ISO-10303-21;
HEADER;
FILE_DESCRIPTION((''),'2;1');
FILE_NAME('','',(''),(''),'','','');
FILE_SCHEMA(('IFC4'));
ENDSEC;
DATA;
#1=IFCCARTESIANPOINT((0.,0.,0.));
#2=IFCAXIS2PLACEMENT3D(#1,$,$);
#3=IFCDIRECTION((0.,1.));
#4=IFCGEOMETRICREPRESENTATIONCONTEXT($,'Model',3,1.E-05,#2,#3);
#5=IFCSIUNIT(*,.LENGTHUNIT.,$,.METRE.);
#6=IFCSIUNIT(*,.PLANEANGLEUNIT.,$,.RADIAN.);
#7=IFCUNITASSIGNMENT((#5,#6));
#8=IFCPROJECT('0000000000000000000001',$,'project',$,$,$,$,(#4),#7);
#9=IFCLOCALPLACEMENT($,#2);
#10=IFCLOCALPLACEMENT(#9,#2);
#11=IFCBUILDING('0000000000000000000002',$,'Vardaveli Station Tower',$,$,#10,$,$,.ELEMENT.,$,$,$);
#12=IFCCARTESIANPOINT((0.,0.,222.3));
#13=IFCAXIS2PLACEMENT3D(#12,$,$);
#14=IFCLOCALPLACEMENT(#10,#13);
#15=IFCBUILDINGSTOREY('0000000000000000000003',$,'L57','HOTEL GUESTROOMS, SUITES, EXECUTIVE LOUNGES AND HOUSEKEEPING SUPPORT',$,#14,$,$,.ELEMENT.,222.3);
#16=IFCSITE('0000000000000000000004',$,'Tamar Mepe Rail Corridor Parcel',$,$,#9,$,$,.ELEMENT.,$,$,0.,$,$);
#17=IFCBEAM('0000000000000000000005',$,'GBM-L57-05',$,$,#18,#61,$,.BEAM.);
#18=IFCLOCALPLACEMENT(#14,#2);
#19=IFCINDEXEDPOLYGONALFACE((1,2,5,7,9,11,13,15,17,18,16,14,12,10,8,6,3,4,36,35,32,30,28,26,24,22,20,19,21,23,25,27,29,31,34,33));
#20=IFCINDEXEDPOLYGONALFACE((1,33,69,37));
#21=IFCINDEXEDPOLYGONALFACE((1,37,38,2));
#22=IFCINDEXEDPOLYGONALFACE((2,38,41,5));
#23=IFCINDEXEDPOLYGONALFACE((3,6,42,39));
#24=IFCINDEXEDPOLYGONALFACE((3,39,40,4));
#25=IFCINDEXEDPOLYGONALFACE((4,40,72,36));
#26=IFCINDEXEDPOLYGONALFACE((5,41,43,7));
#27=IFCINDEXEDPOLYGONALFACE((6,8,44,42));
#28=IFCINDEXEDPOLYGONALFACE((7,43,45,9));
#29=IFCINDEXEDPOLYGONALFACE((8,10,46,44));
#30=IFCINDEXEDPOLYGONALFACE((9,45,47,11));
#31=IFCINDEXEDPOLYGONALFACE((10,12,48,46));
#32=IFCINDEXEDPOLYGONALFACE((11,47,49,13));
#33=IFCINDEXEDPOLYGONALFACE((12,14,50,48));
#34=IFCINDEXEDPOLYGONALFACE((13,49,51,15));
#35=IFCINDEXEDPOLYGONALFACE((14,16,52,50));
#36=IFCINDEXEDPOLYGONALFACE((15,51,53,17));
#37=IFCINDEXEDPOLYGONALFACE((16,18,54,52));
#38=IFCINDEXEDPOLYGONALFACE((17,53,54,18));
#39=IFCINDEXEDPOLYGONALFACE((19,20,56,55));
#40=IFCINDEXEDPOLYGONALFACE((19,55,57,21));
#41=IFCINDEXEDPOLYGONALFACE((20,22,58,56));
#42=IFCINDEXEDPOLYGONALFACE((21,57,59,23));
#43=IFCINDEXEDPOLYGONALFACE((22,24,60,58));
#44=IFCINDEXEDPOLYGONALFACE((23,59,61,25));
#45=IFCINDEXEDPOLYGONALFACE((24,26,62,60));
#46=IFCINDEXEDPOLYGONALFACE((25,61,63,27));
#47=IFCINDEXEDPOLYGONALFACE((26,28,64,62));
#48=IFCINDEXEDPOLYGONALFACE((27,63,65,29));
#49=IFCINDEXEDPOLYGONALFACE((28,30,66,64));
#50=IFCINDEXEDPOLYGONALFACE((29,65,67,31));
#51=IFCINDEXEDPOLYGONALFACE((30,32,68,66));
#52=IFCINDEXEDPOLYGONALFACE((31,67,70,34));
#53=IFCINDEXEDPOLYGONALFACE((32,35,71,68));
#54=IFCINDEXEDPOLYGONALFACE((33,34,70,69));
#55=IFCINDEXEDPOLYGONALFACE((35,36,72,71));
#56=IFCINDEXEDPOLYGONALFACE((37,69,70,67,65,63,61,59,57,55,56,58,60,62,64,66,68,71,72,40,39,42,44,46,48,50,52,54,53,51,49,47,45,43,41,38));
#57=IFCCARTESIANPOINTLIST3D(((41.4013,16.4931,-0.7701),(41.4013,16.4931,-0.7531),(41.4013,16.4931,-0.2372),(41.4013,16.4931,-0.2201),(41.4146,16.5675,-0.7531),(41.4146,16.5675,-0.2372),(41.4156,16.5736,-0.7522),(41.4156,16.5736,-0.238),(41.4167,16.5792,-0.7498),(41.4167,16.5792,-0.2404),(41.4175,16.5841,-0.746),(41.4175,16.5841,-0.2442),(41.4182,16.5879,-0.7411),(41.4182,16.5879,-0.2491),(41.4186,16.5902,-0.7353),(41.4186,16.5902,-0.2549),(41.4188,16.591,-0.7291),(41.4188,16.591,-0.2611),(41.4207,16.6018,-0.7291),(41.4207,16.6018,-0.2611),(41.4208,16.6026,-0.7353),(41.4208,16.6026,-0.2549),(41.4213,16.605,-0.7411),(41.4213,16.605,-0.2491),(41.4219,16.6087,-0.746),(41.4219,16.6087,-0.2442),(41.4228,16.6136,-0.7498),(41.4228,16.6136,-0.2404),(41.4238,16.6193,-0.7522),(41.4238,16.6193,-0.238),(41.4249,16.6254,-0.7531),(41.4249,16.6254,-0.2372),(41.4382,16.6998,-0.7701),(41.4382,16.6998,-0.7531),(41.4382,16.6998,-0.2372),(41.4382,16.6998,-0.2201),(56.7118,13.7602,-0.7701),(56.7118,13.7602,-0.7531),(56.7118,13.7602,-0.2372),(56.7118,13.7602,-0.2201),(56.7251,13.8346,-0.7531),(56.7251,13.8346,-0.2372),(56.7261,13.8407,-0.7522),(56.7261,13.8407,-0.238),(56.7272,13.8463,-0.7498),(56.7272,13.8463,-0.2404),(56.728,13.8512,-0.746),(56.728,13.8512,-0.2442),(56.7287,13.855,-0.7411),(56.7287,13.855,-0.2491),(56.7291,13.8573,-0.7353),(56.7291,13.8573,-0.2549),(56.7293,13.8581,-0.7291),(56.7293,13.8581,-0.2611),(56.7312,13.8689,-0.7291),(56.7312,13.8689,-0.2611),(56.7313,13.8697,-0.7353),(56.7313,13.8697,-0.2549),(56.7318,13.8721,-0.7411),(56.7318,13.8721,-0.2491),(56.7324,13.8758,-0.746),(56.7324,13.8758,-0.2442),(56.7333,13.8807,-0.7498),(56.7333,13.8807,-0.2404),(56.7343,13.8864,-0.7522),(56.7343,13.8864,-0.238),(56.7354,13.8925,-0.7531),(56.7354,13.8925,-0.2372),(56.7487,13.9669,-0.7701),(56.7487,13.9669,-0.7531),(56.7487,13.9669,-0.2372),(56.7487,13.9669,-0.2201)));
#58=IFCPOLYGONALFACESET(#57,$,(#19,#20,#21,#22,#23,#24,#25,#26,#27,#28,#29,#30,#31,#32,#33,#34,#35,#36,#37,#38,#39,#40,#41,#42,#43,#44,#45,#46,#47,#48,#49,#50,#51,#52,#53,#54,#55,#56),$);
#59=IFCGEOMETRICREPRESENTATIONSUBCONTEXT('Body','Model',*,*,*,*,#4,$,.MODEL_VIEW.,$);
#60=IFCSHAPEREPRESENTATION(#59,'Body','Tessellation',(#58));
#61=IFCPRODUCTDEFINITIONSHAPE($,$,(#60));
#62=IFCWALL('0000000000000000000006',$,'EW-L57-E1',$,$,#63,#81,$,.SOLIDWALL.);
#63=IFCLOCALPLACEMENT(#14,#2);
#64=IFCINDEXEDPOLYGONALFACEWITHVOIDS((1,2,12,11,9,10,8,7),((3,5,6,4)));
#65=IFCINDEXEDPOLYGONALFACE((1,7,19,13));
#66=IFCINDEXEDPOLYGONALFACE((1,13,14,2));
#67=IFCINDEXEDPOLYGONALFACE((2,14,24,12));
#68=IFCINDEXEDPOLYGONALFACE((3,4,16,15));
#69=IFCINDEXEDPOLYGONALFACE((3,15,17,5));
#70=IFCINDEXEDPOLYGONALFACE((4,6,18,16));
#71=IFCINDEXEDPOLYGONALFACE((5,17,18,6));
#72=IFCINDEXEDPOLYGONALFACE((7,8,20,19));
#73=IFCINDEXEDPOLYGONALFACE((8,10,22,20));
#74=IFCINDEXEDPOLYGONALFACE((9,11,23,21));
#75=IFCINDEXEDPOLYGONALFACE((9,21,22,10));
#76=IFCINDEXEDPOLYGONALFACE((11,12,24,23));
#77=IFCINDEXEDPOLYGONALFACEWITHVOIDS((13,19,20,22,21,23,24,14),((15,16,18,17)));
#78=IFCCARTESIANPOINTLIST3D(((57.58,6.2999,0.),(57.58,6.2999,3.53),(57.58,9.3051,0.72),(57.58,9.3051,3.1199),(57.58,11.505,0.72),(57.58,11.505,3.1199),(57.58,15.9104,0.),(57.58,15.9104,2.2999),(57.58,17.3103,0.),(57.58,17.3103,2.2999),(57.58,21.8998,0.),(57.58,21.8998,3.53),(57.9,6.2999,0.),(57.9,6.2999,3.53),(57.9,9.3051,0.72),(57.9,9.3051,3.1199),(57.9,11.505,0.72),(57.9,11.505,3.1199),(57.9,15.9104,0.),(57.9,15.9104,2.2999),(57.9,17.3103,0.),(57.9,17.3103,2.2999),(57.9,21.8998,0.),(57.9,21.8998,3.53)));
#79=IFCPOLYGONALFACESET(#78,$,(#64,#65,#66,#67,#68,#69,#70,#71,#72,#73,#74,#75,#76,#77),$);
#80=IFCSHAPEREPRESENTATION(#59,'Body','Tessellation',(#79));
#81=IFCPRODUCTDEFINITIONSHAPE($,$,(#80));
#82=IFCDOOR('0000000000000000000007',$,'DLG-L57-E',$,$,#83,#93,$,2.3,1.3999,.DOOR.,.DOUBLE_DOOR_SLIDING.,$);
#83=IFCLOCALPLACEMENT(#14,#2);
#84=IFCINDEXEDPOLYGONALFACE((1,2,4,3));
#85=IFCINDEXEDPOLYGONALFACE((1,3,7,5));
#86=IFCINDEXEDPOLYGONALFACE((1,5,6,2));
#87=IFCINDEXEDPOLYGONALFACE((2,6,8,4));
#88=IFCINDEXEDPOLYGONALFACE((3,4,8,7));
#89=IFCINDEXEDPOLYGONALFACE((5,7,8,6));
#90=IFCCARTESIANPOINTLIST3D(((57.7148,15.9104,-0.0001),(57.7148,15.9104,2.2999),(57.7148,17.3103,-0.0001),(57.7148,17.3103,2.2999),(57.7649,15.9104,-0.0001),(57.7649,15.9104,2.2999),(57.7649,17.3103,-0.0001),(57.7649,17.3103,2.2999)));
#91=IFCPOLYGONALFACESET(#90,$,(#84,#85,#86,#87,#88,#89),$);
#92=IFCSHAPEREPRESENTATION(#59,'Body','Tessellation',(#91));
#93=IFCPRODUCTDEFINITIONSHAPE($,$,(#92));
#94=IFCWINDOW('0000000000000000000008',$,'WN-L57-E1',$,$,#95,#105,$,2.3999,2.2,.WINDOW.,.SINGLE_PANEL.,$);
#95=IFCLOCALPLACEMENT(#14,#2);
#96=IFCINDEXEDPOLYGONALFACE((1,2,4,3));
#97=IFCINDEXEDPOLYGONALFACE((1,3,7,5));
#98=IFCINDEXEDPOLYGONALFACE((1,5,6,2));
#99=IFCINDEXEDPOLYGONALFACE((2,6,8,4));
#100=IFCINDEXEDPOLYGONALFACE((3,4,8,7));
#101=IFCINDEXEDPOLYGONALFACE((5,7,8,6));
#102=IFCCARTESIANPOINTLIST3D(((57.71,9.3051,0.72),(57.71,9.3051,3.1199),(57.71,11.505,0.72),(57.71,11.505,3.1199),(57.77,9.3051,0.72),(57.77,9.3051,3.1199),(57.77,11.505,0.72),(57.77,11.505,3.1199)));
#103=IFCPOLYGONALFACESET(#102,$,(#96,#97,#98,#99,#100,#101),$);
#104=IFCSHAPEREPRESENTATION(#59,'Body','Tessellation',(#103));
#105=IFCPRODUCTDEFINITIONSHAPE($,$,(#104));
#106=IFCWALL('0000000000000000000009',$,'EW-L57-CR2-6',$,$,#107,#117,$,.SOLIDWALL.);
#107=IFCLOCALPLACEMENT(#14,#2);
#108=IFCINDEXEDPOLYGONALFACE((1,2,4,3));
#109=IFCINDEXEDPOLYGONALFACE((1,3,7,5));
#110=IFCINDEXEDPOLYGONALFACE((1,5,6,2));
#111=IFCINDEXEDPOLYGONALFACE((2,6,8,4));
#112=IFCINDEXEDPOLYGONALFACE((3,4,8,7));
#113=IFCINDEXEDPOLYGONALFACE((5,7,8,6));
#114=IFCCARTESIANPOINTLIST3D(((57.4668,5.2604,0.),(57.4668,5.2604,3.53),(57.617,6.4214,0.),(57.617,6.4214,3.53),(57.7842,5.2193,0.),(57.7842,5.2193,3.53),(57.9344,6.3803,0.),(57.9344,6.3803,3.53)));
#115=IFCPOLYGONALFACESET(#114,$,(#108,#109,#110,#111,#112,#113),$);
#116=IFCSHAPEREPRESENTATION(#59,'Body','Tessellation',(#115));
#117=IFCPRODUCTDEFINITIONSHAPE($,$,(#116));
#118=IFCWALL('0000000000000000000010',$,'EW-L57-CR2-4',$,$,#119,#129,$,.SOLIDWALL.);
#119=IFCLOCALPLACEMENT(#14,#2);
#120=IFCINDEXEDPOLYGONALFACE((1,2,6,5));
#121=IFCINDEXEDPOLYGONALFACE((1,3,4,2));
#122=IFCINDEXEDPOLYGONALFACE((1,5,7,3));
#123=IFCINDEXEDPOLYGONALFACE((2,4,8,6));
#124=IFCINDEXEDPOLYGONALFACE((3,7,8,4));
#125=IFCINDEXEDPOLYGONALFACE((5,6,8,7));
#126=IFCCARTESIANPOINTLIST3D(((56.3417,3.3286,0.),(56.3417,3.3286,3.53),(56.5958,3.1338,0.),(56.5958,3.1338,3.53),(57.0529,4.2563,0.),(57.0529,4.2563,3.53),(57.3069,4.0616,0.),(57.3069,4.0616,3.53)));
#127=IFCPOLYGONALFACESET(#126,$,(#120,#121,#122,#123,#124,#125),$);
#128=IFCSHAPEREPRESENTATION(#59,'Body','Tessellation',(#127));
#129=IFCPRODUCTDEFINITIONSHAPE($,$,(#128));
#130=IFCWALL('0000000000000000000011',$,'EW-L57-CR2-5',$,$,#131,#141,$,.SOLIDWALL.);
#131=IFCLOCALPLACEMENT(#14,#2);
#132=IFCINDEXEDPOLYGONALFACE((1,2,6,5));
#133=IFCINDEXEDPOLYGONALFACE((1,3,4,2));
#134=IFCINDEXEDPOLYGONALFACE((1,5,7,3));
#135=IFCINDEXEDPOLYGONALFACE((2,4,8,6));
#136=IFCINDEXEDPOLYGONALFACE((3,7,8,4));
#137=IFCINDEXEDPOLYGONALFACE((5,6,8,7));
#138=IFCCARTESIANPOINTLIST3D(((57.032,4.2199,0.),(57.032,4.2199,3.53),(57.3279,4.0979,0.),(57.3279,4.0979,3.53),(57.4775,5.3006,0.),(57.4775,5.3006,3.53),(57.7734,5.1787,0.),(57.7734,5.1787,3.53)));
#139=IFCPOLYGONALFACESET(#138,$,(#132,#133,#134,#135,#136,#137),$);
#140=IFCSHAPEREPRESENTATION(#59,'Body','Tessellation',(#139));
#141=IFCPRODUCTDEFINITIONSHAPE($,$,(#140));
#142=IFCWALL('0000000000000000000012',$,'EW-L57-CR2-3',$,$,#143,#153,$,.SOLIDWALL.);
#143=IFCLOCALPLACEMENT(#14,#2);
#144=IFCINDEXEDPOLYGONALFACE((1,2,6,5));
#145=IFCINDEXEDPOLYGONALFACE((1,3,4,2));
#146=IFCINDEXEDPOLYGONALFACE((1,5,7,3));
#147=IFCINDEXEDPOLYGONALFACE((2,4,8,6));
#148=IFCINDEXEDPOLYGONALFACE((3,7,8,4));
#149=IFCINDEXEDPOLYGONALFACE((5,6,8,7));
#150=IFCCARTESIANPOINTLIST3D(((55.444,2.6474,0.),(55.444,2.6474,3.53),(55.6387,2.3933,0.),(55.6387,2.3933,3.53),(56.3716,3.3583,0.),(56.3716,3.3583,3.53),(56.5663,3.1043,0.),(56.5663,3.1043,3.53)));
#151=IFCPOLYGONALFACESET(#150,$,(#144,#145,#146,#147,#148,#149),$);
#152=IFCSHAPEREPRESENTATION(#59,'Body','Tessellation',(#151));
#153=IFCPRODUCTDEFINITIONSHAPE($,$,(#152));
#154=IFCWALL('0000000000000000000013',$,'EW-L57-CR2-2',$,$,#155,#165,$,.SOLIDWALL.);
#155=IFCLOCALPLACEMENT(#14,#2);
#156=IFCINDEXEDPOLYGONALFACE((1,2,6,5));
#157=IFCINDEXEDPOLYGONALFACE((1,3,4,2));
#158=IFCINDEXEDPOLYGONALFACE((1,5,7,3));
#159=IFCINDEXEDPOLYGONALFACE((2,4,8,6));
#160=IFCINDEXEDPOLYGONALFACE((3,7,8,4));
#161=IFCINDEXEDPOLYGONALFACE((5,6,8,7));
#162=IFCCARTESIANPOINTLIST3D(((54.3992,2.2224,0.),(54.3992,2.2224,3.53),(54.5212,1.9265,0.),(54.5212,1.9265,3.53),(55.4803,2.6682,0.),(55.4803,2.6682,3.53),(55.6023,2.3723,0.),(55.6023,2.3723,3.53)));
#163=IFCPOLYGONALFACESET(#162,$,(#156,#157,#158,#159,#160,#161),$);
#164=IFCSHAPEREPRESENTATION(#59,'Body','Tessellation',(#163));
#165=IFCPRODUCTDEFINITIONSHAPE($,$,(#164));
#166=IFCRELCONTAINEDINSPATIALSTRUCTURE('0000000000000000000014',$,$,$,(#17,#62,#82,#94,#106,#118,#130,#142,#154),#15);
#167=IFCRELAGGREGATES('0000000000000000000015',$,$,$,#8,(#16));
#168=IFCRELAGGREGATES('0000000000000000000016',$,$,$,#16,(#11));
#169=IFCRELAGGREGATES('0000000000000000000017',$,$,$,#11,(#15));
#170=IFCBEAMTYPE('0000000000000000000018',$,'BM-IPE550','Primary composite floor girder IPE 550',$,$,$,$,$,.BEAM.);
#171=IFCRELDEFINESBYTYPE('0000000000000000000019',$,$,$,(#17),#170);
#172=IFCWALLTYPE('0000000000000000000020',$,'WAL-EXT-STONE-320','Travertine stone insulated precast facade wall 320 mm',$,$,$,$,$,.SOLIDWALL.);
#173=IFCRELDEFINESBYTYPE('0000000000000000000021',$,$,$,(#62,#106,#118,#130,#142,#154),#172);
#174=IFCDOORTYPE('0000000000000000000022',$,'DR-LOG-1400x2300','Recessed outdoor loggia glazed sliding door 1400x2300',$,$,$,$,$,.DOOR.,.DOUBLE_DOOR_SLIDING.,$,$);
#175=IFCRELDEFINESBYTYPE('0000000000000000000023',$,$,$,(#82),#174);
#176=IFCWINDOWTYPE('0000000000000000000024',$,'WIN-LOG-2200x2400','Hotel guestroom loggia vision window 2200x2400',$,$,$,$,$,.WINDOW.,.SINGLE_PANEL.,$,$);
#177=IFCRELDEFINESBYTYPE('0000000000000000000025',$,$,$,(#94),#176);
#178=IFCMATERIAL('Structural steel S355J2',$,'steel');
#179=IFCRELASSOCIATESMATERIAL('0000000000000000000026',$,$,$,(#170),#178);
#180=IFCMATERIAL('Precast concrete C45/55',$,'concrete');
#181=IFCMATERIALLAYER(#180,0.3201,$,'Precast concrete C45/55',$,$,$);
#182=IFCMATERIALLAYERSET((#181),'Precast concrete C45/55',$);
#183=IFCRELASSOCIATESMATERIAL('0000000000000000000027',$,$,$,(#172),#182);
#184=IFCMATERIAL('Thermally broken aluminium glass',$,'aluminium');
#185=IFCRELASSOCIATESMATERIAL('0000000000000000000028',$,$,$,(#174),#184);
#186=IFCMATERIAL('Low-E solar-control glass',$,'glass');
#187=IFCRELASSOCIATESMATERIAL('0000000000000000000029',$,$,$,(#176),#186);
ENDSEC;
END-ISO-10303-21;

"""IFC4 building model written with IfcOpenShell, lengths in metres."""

from ifc_helpers import new_model, si_unit, direction, frame, frame_2d, origin, origin_2d, place, context, subcontext, project, spatial, rectangle, i_section, extrude, source, transform, mapped, material, layer, layer_set, material_profile, profile_set, type_object, element, fill, save


model = new_model("IFC4")

# Units and contexts
model_context = context("Model", 3, precision=1e-05, world=origin(), true_north=direction((0.0, 1.0)))
body_context = subcontext(model_context, "Body", "Model", "MODEL_VIEW")
ifc_project = project(units=[si_unit("LENGTHUNIT", "METRE"), si_unit("PLANEANGLEUNIT", "RADIAN")], contexts=[model_context])

# Site, building, storey
site_placement = place(None, origin())
site = spatial("IfcSite", under=ifc_project, at=site_placement, Name="Tamar Mepe Rail Corridor Parcel", CompositionType="ELEMENT", RefElevation=0.0)
building_placement = place(site_placement, origin())
building = spatial("IfcBuilding", under=site, at=building_placement, Name="Vardaveli Station Tower", CompositionType="ELEMENT")
storey_placement = place(building_placement, frame((0.0, 0.0, 222.3)))
storey = spatial("IfcBuildingStorey", under=building, at=storey_placement, Name="L57", Description="HOTEL GUESTROOMS, SUITES, EXECUTIVE LOUNGES AND HOUSEKEEPING SUPPORT", CompositionType="ELEMENT", Elevation=222.3)

# Beam
ifc_material_1 = material(Name="Precast concrete C45/55", Category="concrete")
ifc_material_2 = material(Name="Structural steel S355J2", Category="steel")
ifc_material_profile_1 = material_profile(ifc_material_2, i_section(OverallWidth=0.21, OverallDepth=0.55, WebThickness=0.011, FlangeThickness=0.0171, FilletRadius=0.0239, at=origin_2d()), Name="IPE 550")
ifc_profile_set_1 = profile_set([ifc_material_profile_1], Name="Structural steel S355J2")
beam_type_1 = type_object("IfcBeamType", Name="BM-IPE550", Description="Primary composite floor girder IPE 550", PredefinedType="BEAM", material=ifc_profile_set_1)
shared_shape_1 = source(origin(), body_context, "Body", "SweptSolid", [
    extrude(i_section(OverallWidth=0.21, OverallDepth=0.55, WebThickness=0.011, FlangeThickness=0.0171, FilletRadius=0.0239, at=origin_2d()), origin(), (0.0, 0.0, 1.0), 15.5525),
])
beam_1_placement = place(storey_placement, frame((56.7302, 13.8635, -0.4951), z_axis=(-0.98444, 0.175721, 0.0), x_axis=(-0.175721, -0.98444, 0.0)))
element("IfcBeam", 1, at=beam_1_placement, inside=storey, type_object=beam_type_1, Name="GBM-L57-05", PredefinedType="BEAM", context=body_context, shape_type="MappedRepresentation", body=[
    mapped(shared_shape_1, transform((0.0, 0.0, 0.0), scale=1.0)),
])

# Wall, openings, door, window
ifc_layer_1 = layer(ifc_material_1, 0.3201, Name="Precast concrete C45/55")
ifc_layer_set_1 = layer_set([ifc_layer_1], Name="Precast concrete C45/55")
wall_type_1 = type_object("IfcWallType", Name="WAL-EXT-STONE-320", Description="Travertine stone insulated precast facade wall 320 mm", PredefinedType="SOLIDWALL", material=ifc_layer_set_1)
shared_shape_2 = source(origin(), body_context, "Body", "SweptSolid", [
    extrude(rectangle(XDim=15.5999, YDim=0.3201, at=frame_2d((7.7998, 0.0))), origin(), (0.0, 0.0, 1.0), 3.53),
])
wall_1_placement = place(storey_placement, frame((57.74, 6.3, 0.0), z_axis=(0.0, 0.0, 1.0), x_axis=(0.0, 1.0, 0.0)))
wall_1 = element("IfcWall", 2, at=wall_1_placement, inside=storey, type_object=wall_type_1, Name="EW-L57-E1", PredefinedType="SOLIDWALL", context=body_context, shape_type="MappedRepresentation", body=[
    mapped(shared_shape_2, transform((0.0, 0.0, 0.0), scale=1.0)),
])
shared_shape_3 = source(origin(), body_context, "Body", "SweptSolid", [
    extrude(rectangle(XDim=1.3999, YDim=2.3, at=frame_2d((0.7, 1.1499))), frame((0.0, 0.1699, 0.0), z_axis=(0.0, -1.0, 0.0), x_axis=(1.0, 0.0, 0.0)), (0.0, 0.0, 1.0), 0.3401),
])
opening_1_placement = place(wall_1_placement, frame((9.6104, 0.0, 0.0)))
opening_1 = element("IfcOpeningElement", 3, at=opening_1_placement, cuts=wall_1, PredefinedType="OPENING", context=body_context, shape_type="MappedRepresentation", body=[
    mapped(shared_shape_3, transform((0.0, 0.0, 0.0), scale=1.0)),
])
shared_shape_4 = source(origin(), body_context, "Body", "SweptSolid", [
    extrude(rectangle(XDim=2.2, YDim=2.3999, at=frame_2d((1.1001, 1.2))), frame((0.0, 0.1699, 0.0), z_axis=(0.0, -1.0, 0.0), x_axis=(1.0, 0.0, 0.0)), (0.0, 0.0, 1.0), 0.3401),
])
opening_2_placement = place(wall_1_placement, frame((3.0049, 0.0, 0.72)))
opening_2 = element("IfcOpeningElement", 4, at=opening_2_placement, cuts=wall_1, PredefinedType="OPENING", context=body_context, shape_type="MappedRepresentation", body=[
    mapped(shared_shape_4, transform((0.0, 0.0, 0.0), scale=1.0)),
])
ifc_material_3 = material(Name="Thermally broken aluminium glass", Category="aluminium")
door_type_1 = type_object("IfcDoorType", Name="DR-LOG-1400x2300", Description="Recessed outdoor loggia glazed sliding door 1400x2300", OperationType="DOUBLE_DOOR_SLIDING", PredefinedType="DOOR", material=ifc_material_3)
shared_shape_5 = source(origin(), body_context, "Body", "SweptSolid", [
    extrude(rectangle(XDim=1.3999, YDim=2.3, at=frame_2d((0.7, 1.1499))), frame((0.0, 0.0249, 0.0), z_axis=(0.0, -1.0, 0.0), x_axis=(1.0, 0.0, 0.0)), (0.0, 0.0, 1.0), 0.05),
])
door_1_placement = place(opening_1_placement, frame((1.3999, 0.0, 0.0), z_axis=(0.0, 0.0, 1.0), x_axis=(-1.0, 0.0, 0.0)))
door_1 = element("IfcDoor", 5, at=door_1_placement, inside=storey, type_object=door_type_1, Name="DLG-L57-E", OperationType="DOUBLE_DOOR_SLIDING", OverallHeight=2.3, OverallWidth=1.3999, PredefinedType="DOOR", context=body_context, shape_type="MappedRepresentation", body=[
    mapped(shared_shape_5, transform((0.0, 0.0, 0.0), scale=1.0)),
])
fill(opening_1, door_1)
ifc_material_4 = material(Name="Low-E solar-control glass", Category="glass")
window_type = type_object("IfcWindowType", Name="WIN-LOG-2200x2400", Description="Hotel guestroom loggia vision window 2200x2400", PartitioningType="SINGLE_PANEL", PredefinedType="WINDOW", material=ifc_material_4)
shared_shape_6 = source(origin(), body_context, "Body", "SweptSolid", [
    extrude(rectangle(XDim=2.2, YDim=2.3999, at=frame_2d((1.1001, 1.2))), frame((0.0, 0.03, 0.0), z_axis=(0.0, -1.0, 0.0), x_axis=(1.0, 0.0, 0.0)), (0.0, 0.0, 1.0), 0.0601),
])
window_placement = place(opening_2_placement, origin())
window = element("IfcWindow", 6, at=window_placement, inside=storey, type_object=window_type, Name="WN-L57-E1", OverallHeight=2.3999, OverallWidth=2.2, PartitioningType="SINGLE_PANEL", PredefinedType="WINDOW", context=body_context, shape_type="MappedRepresentation", body=[
    mapped(shared_shape_6, transform((0.0, 0.0, 0.0), scale=1.0)),
])
fill(opening_2, window)

# Walls
shared_shape_7 = source(origin(), body_context, "Body", "SweptSolid", [
    extrude(rectangle(XDim=1.1707, YDim=0.3201, at=frame_2d((0.5854, 0.0))), origin(), (0.0, 0.0, 1.0), 3.53),
])
wall_2_placement = place(storey_placement, frame((57.6255, 5.2397, 0.0), z_axis=(0.0, 0.0, 1.0), x_axis=(0.128269, 0.991739, 0.0)))
element("IfcWall", 7, at=wall_2_placement, inside=storey, type_object=wall_type_1, Name="EW-L57-CR2-6", PredefinedType="SOLIDWALL", context=body_context, shape_type="MappedRepresentation", body=[
    mapped(shared_shape_7, transform((0.0, 0.0, 0.0), scale=1.0)),
])
shared_shape_8 = source(origin(), body_context, "Body", "SweptSolid", [
    extrude(rectangle(XDim=1.1689, YDim=0.3201, at=frame_2d((0.5845, 0.0))), origin(), (0.0, 0.0, 1.0), 3.53),
])
for number, where, z_axis, x_axis, name in (
    (8, (56.4688, 3.2312, 0.0), (0.0, 0.0, 1.0), (0.608388, 0.79364, 0.0), "EW-L57-CR2-4"),
    (9, (57.1799, 4.1589, 0.0), (0.0, 0.0, 1.0), (0.381128, 0.924522, 0.0), "EW-L57-CR2-5"),
):
    element("IfcWall", number, at=place(storey_placement, frame(where, z_axis=z_axis, x_axis=x_axis)), inside=storey, type_object=wall_type_1, Name=name, PredefinedType="SOLIDWALL", context=body_context, shape_type="MappedRepresentation", body=[
        mapped(shared_shape_8, transform((0.0, 0.0, 0.0), scale=1.0)),
    ])
shared_shape_9 = source(origin(), body_context, "Body", "SweptSolid", [
    extrude(rectangle(XDim=1.1687, YDim=0.3201, at=frame_2d((0.5845, 0.0))), origin(), (0.0, 0.0, 1.0), 3.53),
])
wall_3_placement = place(storey_placement, frame((55.5413, 2.5203, 0.0), z_axis=(0.0, 0.0, 1.0), x_axis=(0.793664, 0.608357, 0.0)))
element("IfcWall", 10, at=wall_3_placement, inside=storey, type_object=wall_type_1, Name="EW-L57-CR2-3", PredefinedType="SOLIDWALL", context=body_context, shape_type="MappedRepresentation", body=[
    mapped(shared_shape_9, transform((0.0, 0.0, 0.0), scale=1.0)),
])
shared_shape_10 = source(origin(), body_context, "Body", "SweptSolid", [
    extrude(rectangle(XDim=1.1694, YDim=0.3201, at=frame_2d((0.5847, 0.0))), origin(), (0.0, 0.0, 1.0), 3.53),
])
wall_4_placement = place(storey_placement, frame((54.4602, 2.0745, 0.0), z_axis=(0.0, 0.0, 1.0), x_axis=(0.924479, 0.381233, 0.0)))
element("IfcWall", 11, at=wall_4_placement, inside=storey, type_object=wall_type_1, Name="EW-L57-CR2-2", PredefinedType="SOLIDWALL", context=body_context, shape_type="MappedRepresentation", body=[
    mapped(shared_shape_10, transform((0.0, 0.0, 0.0), scale=1.0)),
])

save(model, "model.ifc")
